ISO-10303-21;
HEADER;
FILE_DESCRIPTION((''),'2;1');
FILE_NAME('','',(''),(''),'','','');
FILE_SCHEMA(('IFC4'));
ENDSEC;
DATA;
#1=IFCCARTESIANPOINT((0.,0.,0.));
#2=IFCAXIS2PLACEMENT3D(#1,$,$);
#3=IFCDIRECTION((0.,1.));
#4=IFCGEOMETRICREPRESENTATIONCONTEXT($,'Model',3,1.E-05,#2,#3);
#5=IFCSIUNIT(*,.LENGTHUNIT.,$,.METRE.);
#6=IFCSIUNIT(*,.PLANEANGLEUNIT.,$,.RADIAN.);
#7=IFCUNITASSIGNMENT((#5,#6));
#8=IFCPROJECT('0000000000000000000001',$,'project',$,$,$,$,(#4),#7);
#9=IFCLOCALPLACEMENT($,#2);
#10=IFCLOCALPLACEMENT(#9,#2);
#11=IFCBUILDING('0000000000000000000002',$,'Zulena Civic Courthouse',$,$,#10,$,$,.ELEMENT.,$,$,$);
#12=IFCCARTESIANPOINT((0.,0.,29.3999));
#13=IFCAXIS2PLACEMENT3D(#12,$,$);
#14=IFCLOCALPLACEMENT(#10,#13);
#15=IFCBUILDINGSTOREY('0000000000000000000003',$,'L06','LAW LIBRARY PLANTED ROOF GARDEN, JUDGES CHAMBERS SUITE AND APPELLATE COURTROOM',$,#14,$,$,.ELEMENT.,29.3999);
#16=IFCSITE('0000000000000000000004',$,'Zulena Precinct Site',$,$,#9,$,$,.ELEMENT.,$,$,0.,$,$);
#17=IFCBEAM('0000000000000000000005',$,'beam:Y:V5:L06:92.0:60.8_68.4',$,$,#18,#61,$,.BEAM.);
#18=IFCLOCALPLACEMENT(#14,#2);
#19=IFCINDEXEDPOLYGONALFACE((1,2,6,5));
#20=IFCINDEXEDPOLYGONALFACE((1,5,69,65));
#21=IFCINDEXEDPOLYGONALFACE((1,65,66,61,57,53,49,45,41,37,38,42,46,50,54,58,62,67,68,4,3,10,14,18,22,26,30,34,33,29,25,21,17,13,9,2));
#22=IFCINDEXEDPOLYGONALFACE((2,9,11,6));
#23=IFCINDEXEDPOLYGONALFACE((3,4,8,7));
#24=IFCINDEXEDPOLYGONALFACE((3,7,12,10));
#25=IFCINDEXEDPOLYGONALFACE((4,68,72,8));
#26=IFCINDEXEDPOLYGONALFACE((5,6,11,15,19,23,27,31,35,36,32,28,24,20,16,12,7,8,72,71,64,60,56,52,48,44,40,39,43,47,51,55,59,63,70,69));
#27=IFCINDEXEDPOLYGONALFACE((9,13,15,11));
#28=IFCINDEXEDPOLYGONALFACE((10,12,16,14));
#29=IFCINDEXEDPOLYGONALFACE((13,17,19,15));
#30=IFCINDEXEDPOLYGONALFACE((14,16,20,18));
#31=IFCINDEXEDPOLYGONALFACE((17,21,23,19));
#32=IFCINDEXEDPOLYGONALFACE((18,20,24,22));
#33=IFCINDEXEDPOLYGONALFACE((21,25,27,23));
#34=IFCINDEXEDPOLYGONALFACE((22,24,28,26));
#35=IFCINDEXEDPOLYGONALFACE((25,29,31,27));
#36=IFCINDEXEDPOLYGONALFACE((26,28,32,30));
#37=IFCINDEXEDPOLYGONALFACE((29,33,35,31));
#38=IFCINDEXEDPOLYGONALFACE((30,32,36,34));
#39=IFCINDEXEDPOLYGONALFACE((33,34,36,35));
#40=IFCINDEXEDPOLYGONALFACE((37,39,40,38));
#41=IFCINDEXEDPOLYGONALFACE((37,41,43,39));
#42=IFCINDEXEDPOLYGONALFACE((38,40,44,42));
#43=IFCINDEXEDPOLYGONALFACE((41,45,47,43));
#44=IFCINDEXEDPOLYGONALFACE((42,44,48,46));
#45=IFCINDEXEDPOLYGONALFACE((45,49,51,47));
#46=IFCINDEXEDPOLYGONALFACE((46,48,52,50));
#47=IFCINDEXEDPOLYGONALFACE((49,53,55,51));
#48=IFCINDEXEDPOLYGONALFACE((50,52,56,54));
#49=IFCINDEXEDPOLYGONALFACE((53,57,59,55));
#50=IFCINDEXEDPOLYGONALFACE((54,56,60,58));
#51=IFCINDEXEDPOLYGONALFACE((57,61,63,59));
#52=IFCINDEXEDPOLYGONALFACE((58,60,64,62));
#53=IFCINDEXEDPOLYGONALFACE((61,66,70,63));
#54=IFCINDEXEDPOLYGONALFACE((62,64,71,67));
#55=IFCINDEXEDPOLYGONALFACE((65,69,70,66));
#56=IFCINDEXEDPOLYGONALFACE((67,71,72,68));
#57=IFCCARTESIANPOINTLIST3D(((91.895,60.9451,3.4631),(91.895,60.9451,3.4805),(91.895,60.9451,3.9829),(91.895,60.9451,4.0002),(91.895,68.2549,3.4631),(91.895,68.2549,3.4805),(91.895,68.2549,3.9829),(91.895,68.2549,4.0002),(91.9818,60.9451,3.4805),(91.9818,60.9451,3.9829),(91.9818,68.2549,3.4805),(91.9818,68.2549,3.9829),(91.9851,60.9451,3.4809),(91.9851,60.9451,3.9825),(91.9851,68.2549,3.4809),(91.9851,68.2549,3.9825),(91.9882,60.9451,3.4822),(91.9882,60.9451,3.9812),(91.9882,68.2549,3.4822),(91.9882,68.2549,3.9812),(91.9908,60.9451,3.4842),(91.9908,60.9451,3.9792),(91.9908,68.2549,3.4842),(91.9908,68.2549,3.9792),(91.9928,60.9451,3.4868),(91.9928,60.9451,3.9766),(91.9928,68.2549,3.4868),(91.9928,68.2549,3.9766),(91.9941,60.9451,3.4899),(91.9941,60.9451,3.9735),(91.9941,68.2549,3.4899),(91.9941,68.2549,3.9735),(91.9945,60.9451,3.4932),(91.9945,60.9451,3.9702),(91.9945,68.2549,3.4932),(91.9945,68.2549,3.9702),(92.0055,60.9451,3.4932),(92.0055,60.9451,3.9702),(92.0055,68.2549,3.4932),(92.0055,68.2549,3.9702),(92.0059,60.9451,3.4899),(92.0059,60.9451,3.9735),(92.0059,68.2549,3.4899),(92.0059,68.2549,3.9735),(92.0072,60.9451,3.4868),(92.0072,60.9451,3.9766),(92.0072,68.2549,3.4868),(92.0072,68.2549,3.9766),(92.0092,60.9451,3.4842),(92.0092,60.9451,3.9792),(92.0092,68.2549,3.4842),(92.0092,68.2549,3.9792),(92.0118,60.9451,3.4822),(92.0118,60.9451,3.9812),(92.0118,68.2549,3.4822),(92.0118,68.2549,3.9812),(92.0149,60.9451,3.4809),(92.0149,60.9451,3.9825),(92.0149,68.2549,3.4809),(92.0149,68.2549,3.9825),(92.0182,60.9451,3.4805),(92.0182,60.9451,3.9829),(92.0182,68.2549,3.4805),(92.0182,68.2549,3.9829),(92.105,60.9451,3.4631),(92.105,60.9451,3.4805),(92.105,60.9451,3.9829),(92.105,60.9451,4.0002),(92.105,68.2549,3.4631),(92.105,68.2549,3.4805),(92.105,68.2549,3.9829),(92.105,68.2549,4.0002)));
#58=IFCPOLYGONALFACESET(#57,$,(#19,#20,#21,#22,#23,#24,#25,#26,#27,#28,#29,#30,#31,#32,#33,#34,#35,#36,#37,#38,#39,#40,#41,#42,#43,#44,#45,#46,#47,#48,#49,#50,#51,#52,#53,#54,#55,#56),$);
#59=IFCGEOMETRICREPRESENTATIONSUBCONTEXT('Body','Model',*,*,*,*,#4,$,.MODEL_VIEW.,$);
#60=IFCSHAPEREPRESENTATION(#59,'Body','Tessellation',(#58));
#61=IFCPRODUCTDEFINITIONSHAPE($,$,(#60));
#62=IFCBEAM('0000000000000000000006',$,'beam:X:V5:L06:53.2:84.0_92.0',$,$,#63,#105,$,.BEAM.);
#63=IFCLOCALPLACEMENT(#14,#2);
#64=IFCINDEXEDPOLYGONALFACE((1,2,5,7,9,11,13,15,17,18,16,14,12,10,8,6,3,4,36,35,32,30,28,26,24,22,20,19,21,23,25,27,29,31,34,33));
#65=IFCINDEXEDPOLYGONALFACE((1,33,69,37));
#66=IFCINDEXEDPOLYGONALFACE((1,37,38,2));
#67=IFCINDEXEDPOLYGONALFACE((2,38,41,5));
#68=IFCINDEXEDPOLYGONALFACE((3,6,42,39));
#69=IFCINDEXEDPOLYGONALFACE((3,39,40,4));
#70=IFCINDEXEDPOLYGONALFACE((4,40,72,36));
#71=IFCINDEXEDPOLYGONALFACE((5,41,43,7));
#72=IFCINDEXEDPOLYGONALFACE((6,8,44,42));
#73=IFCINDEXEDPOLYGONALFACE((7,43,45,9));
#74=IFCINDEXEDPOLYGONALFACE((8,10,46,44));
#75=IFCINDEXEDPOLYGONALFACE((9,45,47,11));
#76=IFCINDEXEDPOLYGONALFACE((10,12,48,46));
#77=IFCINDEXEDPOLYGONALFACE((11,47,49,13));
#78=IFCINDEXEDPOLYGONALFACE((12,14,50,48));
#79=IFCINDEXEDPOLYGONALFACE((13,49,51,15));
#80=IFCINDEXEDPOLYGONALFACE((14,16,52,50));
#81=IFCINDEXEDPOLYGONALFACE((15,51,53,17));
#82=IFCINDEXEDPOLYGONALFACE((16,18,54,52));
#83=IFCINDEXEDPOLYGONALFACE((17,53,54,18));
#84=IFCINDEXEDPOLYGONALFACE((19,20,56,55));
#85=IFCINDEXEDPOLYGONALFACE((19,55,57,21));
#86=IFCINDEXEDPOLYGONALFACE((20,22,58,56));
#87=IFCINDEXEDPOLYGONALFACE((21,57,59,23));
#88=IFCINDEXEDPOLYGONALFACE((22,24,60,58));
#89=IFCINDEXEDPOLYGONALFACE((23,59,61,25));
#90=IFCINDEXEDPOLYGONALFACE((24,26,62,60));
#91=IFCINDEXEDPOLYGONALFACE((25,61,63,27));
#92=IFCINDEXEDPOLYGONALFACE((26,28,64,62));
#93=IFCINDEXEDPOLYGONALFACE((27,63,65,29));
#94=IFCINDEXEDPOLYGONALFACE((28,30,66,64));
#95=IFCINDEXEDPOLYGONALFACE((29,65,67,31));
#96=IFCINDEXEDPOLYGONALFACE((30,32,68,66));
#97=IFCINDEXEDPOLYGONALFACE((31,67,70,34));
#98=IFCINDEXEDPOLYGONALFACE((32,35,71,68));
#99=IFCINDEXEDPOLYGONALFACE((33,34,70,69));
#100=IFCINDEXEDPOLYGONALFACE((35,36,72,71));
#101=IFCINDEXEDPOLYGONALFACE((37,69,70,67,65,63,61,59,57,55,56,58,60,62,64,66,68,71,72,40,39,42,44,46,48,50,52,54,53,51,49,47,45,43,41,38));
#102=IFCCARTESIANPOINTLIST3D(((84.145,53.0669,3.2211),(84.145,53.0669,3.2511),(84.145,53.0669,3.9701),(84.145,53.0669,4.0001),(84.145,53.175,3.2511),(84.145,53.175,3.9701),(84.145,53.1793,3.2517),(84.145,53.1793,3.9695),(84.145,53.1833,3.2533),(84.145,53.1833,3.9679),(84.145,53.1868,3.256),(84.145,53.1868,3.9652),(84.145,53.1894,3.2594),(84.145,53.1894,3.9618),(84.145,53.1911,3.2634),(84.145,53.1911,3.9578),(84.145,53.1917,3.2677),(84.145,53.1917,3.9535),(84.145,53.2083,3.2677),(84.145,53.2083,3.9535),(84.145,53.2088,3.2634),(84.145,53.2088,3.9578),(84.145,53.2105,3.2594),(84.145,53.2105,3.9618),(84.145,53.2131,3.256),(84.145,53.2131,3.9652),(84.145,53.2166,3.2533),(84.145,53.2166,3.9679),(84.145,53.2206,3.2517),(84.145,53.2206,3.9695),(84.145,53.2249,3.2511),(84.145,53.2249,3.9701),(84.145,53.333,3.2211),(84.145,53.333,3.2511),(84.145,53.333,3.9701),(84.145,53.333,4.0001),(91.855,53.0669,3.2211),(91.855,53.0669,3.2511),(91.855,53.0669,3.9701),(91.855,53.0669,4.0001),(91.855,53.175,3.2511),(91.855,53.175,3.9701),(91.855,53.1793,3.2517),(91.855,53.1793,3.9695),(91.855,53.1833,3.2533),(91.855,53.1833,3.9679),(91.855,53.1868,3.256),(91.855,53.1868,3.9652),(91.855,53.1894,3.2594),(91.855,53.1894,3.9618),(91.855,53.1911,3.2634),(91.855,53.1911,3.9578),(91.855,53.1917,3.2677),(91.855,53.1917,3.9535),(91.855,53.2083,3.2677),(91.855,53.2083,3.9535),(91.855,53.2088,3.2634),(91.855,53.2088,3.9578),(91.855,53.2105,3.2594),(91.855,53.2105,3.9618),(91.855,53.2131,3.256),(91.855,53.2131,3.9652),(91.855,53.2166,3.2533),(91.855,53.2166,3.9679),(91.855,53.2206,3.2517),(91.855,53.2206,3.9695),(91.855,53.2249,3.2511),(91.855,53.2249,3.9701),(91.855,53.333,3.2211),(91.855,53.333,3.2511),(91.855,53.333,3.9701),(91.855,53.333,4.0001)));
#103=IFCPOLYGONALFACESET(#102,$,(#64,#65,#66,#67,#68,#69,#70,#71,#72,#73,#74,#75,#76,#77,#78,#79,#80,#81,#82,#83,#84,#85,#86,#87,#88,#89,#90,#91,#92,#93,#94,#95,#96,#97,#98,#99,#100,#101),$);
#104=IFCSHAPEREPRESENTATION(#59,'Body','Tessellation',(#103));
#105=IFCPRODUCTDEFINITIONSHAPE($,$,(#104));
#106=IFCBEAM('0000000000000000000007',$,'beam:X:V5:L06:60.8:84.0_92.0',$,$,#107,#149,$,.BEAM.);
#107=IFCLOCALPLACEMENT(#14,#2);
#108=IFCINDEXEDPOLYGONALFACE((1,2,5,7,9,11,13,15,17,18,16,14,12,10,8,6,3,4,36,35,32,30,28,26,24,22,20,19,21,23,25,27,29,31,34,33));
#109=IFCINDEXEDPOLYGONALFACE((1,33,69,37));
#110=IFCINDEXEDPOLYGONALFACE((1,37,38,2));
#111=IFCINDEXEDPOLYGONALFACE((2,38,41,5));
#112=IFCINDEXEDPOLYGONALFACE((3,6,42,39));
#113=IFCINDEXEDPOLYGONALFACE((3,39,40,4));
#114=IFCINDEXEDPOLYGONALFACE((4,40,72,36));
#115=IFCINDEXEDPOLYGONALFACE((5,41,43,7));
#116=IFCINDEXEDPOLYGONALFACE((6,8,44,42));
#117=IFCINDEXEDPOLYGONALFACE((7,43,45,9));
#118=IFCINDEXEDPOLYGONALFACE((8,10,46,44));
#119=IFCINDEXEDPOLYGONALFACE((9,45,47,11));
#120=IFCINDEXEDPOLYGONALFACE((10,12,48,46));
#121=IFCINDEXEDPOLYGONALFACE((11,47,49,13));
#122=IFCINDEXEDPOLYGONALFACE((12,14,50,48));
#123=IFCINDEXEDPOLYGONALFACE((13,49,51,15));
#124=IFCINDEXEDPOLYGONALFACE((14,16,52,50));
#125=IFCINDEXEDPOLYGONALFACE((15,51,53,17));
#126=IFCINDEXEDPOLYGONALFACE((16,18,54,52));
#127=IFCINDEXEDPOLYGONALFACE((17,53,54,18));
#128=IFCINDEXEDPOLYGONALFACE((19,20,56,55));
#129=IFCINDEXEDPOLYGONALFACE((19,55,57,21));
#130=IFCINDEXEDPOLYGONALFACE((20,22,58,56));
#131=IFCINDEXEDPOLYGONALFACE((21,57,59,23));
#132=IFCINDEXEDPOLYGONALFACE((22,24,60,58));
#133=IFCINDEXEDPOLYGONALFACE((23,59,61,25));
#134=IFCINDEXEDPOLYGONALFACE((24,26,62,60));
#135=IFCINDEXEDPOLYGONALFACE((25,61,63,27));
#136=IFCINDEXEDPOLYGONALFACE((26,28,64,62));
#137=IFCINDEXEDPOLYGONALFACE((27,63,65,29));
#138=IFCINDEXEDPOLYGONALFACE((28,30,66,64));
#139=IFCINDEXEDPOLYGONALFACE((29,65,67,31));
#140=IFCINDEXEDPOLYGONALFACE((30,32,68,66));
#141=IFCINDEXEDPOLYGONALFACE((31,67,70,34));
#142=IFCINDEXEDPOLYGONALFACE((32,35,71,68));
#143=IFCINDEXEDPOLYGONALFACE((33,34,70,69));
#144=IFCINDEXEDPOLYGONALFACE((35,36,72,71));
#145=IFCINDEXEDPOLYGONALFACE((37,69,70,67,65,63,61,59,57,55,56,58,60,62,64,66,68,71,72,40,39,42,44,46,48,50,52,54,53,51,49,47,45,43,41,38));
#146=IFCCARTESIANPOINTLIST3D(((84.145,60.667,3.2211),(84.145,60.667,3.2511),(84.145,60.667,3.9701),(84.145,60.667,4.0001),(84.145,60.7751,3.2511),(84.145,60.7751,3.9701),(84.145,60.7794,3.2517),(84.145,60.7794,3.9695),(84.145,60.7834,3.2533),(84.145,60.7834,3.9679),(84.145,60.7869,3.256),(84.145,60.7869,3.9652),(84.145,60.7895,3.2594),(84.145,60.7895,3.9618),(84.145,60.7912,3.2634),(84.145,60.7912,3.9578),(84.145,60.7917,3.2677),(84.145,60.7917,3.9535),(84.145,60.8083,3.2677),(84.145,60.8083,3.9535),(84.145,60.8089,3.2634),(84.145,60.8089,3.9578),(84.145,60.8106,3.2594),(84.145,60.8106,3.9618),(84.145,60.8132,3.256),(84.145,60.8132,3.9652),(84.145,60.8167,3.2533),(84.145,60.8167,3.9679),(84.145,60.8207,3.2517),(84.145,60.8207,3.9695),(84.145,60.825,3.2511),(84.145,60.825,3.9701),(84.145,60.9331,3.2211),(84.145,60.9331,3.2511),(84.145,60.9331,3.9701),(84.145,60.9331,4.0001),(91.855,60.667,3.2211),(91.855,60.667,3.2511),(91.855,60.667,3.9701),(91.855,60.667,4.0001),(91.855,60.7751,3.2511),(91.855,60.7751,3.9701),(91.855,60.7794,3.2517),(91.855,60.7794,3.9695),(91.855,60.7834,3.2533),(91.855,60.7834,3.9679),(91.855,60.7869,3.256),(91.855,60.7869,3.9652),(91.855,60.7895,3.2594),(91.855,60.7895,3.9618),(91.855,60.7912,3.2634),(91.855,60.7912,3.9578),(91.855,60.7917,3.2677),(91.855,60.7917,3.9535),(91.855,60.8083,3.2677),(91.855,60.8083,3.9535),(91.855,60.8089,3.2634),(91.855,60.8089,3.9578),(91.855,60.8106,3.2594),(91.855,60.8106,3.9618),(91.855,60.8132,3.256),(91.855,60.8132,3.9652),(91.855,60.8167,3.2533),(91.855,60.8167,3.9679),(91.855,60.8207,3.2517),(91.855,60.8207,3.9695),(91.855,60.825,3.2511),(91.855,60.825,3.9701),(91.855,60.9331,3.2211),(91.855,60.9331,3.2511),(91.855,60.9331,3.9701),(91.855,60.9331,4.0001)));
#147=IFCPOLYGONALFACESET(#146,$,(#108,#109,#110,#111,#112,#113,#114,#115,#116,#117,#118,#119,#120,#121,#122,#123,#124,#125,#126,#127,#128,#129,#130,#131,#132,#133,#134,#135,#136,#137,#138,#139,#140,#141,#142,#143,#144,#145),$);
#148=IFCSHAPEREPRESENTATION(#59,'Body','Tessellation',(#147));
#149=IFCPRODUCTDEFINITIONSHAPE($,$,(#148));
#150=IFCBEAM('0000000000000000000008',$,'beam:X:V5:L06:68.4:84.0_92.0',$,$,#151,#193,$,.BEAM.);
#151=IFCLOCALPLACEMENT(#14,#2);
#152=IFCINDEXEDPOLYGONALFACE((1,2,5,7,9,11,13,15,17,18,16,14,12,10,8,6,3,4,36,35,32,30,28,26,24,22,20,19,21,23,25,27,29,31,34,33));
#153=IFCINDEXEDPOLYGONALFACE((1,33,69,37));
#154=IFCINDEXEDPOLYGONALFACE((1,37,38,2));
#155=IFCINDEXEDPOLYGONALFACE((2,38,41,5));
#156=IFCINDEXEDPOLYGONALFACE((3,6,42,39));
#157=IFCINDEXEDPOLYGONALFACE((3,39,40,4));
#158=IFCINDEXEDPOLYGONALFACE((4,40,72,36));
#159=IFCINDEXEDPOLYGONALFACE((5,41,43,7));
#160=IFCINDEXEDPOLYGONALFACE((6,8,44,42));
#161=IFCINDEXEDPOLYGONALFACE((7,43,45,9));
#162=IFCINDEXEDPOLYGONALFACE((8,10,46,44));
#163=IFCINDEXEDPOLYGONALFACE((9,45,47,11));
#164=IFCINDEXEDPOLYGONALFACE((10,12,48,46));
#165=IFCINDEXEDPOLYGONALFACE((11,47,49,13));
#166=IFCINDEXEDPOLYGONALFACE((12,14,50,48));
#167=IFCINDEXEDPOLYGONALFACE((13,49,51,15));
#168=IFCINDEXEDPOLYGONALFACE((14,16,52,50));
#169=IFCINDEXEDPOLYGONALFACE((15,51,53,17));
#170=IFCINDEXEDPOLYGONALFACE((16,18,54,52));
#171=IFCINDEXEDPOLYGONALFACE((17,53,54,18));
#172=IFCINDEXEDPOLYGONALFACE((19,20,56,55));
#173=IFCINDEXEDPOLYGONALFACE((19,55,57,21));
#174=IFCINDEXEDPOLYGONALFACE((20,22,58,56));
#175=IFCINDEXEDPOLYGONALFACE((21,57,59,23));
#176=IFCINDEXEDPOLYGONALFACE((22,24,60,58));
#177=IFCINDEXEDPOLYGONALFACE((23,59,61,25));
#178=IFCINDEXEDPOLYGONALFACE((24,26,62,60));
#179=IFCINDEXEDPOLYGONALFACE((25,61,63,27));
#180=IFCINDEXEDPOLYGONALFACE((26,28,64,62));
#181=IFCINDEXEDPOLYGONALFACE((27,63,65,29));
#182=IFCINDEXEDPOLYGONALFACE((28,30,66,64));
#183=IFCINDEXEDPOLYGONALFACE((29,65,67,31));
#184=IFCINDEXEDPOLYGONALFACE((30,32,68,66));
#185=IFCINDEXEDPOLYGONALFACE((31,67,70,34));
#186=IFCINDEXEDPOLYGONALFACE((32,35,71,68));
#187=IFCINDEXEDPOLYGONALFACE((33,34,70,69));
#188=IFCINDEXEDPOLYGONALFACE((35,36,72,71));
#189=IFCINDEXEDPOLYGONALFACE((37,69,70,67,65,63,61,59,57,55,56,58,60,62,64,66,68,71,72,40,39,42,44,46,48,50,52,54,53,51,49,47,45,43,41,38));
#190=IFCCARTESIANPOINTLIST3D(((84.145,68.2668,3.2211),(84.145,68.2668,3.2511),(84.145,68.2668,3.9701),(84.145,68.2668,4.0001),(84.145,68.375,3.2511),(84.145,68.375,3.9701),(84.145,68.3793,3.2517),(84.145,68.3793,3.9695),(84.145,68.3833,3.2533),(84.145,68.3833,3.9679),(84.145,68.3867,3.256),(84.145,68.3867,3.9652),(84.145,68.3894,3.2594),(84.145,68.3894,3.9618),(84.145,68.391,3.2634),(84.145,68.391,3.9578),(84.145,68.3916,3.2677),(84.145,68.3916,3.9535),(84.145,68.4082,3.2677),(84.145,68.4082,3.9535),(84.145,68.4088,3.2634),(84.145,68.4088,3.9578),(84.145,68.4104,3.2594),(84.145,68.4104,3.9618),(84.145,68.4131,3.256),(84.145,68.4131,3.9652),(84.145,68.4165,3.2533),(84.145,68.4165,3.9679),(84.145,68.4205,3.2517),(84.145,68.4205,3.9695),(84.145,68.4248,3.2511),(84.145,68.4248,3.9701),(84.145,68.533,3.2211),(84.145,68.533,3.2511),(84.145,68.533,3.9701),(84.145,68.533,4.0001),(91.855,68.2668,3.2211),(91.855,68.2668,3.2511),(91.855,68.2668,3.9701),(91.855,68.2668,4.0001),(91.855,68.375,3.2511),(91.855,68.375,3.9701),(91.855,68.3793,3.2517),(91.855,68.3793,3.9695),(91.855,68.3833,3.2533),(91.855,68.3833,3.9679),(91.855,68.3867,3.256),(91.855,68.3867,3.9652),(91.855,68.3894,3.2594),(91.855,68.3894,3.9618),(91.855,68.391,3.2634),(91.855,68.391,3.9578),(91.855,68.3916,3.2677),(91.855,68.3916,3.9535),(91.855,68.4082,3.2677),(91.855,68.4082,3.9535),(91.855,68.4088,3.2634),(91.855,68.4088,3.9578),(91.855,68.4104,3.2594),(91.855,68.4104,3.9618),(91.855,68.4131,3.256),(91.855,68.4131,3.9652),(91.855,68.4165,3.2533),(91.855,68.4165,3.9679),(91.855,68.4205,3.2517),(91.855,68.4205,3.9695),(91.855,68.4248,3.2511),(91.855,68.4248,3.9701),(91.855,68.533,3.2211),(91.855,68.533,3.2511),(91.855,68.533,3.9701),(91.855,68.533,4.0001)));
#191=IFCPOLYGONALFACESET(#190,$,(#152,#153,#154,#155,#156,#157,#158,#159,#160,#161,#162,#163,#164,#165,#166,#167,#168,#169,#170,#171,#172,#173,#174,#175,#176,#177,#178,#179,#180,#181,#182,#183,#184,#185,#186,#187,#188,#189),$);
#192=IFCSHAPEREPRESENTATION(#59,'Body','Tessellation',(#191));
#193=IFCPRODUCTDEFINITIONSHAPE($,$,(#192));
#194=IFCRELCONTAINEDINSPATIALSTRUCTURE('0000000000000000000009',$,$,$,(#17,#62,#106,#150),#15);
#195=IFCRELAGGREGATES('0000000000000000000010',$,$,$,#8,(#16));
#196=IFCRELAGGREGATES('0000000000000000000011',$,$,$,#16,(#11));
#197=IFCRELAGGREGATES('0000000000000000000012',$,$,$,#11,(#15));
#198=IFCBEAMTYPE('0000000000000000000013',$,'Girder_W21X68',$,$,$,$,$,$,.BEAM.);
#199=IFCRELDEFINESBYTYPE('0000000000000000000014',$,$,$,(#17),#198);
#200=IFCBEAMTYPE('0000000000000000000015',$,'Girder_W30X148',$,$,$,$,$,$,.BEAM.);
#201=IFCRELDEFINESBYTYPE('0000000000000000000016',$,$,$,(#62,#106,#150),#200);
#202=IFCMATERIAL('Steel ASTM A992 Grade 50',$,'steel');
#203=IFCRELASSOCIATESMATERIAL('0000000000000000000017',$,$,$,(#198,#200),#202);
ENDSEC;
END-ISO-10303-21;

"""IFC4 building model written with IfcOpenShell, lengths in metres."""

from ifc_helpers import new_model, si_unit, direction, frame, origin, origin_2d, place, context, subcontext, project, spatial, i_section, extrude, material, material_profile, profile_set, type_object, element, save


model = new_model("IFC4")

# Units and contexts
model_context = context("Model", 3, precision=1e-05, world=origin(), true_north=direction((0.0, 1.0)))
body_context = subcontext(model_context, "Body", "Model", "MODEL_VIEW")
ifc_project = project(units=[si_unit("LENGTHUNIT", "METRE"), si_unit("PLANEANGLEUNIT", "RADIAN")], contexts=[model_context])

# Site, building, storey
site_placement = place(None, origin())
site = spatial("IfcSite", under=ifc_project, at=site_placement, Name="Zulena Precinct Site", CompositionType="ELEMENT", RefElevation=0.0)
building_placement = place(site_placement, origin())
building = spatial("IfcBuilding", under=site, at=building_placement, Name="Zulena Civic Courthouse", CompositionType="ELEMENT")
storey_placement = place(building_placement, frame((0.0, 0.0, 29.3999)))
storey = spatial("IfcBuildingStorey", under=building, at=storey_placement, Name="L06", Description="LAW LIBRARY PLANTED ROOF GARDEN, JUDGES CHAMBERS SUITE AND APPELLATE COURTROOM", CompositionType="ELEMENT", Elevation=29.3999)

# Shared definitions
ifc_material_1 = material(Name="Steel ASTM A992 Grade 50", Category="steel")

# Beams
ifc_material_profile_1 = material_profile(ifc_material_1, i_section(OverallWidth=0.21, OverallDepth=0.5371, WebThickness=0.011, FlangeThickness=0.0173, FilletRadius=0.0127, at=origin_2d()), Name="W21X68")
ifc_profile_set_1 = profile_set([ifc_material_profile_1], Name="Steel ASTM A992 Grade 50")
beam_type_1 = type_object("IfcBeamType", Name="Girder_W21X68", PredefinedType="BEAM", material=ifc_profile_set_1)
beam_1_placement = place(storey_placement, frame((92.0, 60.9451, 3.7317), z_axis=(0.0, 1.0, 0.0), x_axis=(-1.0, 0.0, 0.0)))
element("IfcBeam", 1, at=beam_1_placement, inside=storey, type_object=beam_type_1, Name="beam:Y:V5:L06:92.0:60.8_68.4", PredefinedType="BEAM", context=body_context, shape_type="SweptSolid", body=[
    extrude(i_section(OverallWidth=0.21, OverallDepth=0.5371, WebThickness=0.011, FlangeThickness=0.0173, FilletRadius=0.0127, at=origin_2d()), origin(), (0.0, 0.0, 1.0), 7.3098),
])
ifc_material_profile_2 = material_profile(ifc_material_1, i_section(OverallWidth=0.2661, OverallDepth=0.7791, WebThickness=0.0166, FlangeThickness=0.03, FilletRadius=0.0166, at=origin_2d()), Name="W30X148")
ifc_profile_set_2 = profile_set([ifc_material_profile_2], Name="Steel ASTM A992 Grade 50")
beam_type_2 = type_object("IfcBeamType", Name="Girder_W30X148", PredefinedType="BEAM", material=ifc_profile_set_2)
for number, where, z_axis, x_axis, name in (
    (2, (84.145, 53.2, 3.6106), (1.0, 0.0, 0.0), (0.0, 1.0, 0.0), "beam:X:V5:L06:53.2:84.0_92.0"),
    (3, (84.145, 60.8, 3.6106), (1.0, 0.0, 0.0), (0.0, 1.0, 0.0), "beam:X:V5:L06:60.8:84.0_92.0"),
    (4, (84.145, 68.3999, 3.6106), (1.0, 0.0, 0.0), (0.0, 1.0, 0.0), "beam:X:V5:L06:68.4:84.0_92.0"),
):
    element("IfcBeam", number, at=place(storey_placement, frame(where, z_axis=z_axis, x_axis=x_axis)), inside=storey, type_object=beam_type_2, Name=name, PredefinedType="BEAM", context=body_context, shape_type="SweptSolid", body=[
        extrude(i_section(OverallWidth=0.2661, OverallDepth=0.7791, WebThickness=0.0166, FlangeThickness=0.03, FilletRadius=0.0166, at=origin_2d()), origin(), (0.0, 0.0, 1.0), 7.71),
    ])

save(model, "model.ifc")
